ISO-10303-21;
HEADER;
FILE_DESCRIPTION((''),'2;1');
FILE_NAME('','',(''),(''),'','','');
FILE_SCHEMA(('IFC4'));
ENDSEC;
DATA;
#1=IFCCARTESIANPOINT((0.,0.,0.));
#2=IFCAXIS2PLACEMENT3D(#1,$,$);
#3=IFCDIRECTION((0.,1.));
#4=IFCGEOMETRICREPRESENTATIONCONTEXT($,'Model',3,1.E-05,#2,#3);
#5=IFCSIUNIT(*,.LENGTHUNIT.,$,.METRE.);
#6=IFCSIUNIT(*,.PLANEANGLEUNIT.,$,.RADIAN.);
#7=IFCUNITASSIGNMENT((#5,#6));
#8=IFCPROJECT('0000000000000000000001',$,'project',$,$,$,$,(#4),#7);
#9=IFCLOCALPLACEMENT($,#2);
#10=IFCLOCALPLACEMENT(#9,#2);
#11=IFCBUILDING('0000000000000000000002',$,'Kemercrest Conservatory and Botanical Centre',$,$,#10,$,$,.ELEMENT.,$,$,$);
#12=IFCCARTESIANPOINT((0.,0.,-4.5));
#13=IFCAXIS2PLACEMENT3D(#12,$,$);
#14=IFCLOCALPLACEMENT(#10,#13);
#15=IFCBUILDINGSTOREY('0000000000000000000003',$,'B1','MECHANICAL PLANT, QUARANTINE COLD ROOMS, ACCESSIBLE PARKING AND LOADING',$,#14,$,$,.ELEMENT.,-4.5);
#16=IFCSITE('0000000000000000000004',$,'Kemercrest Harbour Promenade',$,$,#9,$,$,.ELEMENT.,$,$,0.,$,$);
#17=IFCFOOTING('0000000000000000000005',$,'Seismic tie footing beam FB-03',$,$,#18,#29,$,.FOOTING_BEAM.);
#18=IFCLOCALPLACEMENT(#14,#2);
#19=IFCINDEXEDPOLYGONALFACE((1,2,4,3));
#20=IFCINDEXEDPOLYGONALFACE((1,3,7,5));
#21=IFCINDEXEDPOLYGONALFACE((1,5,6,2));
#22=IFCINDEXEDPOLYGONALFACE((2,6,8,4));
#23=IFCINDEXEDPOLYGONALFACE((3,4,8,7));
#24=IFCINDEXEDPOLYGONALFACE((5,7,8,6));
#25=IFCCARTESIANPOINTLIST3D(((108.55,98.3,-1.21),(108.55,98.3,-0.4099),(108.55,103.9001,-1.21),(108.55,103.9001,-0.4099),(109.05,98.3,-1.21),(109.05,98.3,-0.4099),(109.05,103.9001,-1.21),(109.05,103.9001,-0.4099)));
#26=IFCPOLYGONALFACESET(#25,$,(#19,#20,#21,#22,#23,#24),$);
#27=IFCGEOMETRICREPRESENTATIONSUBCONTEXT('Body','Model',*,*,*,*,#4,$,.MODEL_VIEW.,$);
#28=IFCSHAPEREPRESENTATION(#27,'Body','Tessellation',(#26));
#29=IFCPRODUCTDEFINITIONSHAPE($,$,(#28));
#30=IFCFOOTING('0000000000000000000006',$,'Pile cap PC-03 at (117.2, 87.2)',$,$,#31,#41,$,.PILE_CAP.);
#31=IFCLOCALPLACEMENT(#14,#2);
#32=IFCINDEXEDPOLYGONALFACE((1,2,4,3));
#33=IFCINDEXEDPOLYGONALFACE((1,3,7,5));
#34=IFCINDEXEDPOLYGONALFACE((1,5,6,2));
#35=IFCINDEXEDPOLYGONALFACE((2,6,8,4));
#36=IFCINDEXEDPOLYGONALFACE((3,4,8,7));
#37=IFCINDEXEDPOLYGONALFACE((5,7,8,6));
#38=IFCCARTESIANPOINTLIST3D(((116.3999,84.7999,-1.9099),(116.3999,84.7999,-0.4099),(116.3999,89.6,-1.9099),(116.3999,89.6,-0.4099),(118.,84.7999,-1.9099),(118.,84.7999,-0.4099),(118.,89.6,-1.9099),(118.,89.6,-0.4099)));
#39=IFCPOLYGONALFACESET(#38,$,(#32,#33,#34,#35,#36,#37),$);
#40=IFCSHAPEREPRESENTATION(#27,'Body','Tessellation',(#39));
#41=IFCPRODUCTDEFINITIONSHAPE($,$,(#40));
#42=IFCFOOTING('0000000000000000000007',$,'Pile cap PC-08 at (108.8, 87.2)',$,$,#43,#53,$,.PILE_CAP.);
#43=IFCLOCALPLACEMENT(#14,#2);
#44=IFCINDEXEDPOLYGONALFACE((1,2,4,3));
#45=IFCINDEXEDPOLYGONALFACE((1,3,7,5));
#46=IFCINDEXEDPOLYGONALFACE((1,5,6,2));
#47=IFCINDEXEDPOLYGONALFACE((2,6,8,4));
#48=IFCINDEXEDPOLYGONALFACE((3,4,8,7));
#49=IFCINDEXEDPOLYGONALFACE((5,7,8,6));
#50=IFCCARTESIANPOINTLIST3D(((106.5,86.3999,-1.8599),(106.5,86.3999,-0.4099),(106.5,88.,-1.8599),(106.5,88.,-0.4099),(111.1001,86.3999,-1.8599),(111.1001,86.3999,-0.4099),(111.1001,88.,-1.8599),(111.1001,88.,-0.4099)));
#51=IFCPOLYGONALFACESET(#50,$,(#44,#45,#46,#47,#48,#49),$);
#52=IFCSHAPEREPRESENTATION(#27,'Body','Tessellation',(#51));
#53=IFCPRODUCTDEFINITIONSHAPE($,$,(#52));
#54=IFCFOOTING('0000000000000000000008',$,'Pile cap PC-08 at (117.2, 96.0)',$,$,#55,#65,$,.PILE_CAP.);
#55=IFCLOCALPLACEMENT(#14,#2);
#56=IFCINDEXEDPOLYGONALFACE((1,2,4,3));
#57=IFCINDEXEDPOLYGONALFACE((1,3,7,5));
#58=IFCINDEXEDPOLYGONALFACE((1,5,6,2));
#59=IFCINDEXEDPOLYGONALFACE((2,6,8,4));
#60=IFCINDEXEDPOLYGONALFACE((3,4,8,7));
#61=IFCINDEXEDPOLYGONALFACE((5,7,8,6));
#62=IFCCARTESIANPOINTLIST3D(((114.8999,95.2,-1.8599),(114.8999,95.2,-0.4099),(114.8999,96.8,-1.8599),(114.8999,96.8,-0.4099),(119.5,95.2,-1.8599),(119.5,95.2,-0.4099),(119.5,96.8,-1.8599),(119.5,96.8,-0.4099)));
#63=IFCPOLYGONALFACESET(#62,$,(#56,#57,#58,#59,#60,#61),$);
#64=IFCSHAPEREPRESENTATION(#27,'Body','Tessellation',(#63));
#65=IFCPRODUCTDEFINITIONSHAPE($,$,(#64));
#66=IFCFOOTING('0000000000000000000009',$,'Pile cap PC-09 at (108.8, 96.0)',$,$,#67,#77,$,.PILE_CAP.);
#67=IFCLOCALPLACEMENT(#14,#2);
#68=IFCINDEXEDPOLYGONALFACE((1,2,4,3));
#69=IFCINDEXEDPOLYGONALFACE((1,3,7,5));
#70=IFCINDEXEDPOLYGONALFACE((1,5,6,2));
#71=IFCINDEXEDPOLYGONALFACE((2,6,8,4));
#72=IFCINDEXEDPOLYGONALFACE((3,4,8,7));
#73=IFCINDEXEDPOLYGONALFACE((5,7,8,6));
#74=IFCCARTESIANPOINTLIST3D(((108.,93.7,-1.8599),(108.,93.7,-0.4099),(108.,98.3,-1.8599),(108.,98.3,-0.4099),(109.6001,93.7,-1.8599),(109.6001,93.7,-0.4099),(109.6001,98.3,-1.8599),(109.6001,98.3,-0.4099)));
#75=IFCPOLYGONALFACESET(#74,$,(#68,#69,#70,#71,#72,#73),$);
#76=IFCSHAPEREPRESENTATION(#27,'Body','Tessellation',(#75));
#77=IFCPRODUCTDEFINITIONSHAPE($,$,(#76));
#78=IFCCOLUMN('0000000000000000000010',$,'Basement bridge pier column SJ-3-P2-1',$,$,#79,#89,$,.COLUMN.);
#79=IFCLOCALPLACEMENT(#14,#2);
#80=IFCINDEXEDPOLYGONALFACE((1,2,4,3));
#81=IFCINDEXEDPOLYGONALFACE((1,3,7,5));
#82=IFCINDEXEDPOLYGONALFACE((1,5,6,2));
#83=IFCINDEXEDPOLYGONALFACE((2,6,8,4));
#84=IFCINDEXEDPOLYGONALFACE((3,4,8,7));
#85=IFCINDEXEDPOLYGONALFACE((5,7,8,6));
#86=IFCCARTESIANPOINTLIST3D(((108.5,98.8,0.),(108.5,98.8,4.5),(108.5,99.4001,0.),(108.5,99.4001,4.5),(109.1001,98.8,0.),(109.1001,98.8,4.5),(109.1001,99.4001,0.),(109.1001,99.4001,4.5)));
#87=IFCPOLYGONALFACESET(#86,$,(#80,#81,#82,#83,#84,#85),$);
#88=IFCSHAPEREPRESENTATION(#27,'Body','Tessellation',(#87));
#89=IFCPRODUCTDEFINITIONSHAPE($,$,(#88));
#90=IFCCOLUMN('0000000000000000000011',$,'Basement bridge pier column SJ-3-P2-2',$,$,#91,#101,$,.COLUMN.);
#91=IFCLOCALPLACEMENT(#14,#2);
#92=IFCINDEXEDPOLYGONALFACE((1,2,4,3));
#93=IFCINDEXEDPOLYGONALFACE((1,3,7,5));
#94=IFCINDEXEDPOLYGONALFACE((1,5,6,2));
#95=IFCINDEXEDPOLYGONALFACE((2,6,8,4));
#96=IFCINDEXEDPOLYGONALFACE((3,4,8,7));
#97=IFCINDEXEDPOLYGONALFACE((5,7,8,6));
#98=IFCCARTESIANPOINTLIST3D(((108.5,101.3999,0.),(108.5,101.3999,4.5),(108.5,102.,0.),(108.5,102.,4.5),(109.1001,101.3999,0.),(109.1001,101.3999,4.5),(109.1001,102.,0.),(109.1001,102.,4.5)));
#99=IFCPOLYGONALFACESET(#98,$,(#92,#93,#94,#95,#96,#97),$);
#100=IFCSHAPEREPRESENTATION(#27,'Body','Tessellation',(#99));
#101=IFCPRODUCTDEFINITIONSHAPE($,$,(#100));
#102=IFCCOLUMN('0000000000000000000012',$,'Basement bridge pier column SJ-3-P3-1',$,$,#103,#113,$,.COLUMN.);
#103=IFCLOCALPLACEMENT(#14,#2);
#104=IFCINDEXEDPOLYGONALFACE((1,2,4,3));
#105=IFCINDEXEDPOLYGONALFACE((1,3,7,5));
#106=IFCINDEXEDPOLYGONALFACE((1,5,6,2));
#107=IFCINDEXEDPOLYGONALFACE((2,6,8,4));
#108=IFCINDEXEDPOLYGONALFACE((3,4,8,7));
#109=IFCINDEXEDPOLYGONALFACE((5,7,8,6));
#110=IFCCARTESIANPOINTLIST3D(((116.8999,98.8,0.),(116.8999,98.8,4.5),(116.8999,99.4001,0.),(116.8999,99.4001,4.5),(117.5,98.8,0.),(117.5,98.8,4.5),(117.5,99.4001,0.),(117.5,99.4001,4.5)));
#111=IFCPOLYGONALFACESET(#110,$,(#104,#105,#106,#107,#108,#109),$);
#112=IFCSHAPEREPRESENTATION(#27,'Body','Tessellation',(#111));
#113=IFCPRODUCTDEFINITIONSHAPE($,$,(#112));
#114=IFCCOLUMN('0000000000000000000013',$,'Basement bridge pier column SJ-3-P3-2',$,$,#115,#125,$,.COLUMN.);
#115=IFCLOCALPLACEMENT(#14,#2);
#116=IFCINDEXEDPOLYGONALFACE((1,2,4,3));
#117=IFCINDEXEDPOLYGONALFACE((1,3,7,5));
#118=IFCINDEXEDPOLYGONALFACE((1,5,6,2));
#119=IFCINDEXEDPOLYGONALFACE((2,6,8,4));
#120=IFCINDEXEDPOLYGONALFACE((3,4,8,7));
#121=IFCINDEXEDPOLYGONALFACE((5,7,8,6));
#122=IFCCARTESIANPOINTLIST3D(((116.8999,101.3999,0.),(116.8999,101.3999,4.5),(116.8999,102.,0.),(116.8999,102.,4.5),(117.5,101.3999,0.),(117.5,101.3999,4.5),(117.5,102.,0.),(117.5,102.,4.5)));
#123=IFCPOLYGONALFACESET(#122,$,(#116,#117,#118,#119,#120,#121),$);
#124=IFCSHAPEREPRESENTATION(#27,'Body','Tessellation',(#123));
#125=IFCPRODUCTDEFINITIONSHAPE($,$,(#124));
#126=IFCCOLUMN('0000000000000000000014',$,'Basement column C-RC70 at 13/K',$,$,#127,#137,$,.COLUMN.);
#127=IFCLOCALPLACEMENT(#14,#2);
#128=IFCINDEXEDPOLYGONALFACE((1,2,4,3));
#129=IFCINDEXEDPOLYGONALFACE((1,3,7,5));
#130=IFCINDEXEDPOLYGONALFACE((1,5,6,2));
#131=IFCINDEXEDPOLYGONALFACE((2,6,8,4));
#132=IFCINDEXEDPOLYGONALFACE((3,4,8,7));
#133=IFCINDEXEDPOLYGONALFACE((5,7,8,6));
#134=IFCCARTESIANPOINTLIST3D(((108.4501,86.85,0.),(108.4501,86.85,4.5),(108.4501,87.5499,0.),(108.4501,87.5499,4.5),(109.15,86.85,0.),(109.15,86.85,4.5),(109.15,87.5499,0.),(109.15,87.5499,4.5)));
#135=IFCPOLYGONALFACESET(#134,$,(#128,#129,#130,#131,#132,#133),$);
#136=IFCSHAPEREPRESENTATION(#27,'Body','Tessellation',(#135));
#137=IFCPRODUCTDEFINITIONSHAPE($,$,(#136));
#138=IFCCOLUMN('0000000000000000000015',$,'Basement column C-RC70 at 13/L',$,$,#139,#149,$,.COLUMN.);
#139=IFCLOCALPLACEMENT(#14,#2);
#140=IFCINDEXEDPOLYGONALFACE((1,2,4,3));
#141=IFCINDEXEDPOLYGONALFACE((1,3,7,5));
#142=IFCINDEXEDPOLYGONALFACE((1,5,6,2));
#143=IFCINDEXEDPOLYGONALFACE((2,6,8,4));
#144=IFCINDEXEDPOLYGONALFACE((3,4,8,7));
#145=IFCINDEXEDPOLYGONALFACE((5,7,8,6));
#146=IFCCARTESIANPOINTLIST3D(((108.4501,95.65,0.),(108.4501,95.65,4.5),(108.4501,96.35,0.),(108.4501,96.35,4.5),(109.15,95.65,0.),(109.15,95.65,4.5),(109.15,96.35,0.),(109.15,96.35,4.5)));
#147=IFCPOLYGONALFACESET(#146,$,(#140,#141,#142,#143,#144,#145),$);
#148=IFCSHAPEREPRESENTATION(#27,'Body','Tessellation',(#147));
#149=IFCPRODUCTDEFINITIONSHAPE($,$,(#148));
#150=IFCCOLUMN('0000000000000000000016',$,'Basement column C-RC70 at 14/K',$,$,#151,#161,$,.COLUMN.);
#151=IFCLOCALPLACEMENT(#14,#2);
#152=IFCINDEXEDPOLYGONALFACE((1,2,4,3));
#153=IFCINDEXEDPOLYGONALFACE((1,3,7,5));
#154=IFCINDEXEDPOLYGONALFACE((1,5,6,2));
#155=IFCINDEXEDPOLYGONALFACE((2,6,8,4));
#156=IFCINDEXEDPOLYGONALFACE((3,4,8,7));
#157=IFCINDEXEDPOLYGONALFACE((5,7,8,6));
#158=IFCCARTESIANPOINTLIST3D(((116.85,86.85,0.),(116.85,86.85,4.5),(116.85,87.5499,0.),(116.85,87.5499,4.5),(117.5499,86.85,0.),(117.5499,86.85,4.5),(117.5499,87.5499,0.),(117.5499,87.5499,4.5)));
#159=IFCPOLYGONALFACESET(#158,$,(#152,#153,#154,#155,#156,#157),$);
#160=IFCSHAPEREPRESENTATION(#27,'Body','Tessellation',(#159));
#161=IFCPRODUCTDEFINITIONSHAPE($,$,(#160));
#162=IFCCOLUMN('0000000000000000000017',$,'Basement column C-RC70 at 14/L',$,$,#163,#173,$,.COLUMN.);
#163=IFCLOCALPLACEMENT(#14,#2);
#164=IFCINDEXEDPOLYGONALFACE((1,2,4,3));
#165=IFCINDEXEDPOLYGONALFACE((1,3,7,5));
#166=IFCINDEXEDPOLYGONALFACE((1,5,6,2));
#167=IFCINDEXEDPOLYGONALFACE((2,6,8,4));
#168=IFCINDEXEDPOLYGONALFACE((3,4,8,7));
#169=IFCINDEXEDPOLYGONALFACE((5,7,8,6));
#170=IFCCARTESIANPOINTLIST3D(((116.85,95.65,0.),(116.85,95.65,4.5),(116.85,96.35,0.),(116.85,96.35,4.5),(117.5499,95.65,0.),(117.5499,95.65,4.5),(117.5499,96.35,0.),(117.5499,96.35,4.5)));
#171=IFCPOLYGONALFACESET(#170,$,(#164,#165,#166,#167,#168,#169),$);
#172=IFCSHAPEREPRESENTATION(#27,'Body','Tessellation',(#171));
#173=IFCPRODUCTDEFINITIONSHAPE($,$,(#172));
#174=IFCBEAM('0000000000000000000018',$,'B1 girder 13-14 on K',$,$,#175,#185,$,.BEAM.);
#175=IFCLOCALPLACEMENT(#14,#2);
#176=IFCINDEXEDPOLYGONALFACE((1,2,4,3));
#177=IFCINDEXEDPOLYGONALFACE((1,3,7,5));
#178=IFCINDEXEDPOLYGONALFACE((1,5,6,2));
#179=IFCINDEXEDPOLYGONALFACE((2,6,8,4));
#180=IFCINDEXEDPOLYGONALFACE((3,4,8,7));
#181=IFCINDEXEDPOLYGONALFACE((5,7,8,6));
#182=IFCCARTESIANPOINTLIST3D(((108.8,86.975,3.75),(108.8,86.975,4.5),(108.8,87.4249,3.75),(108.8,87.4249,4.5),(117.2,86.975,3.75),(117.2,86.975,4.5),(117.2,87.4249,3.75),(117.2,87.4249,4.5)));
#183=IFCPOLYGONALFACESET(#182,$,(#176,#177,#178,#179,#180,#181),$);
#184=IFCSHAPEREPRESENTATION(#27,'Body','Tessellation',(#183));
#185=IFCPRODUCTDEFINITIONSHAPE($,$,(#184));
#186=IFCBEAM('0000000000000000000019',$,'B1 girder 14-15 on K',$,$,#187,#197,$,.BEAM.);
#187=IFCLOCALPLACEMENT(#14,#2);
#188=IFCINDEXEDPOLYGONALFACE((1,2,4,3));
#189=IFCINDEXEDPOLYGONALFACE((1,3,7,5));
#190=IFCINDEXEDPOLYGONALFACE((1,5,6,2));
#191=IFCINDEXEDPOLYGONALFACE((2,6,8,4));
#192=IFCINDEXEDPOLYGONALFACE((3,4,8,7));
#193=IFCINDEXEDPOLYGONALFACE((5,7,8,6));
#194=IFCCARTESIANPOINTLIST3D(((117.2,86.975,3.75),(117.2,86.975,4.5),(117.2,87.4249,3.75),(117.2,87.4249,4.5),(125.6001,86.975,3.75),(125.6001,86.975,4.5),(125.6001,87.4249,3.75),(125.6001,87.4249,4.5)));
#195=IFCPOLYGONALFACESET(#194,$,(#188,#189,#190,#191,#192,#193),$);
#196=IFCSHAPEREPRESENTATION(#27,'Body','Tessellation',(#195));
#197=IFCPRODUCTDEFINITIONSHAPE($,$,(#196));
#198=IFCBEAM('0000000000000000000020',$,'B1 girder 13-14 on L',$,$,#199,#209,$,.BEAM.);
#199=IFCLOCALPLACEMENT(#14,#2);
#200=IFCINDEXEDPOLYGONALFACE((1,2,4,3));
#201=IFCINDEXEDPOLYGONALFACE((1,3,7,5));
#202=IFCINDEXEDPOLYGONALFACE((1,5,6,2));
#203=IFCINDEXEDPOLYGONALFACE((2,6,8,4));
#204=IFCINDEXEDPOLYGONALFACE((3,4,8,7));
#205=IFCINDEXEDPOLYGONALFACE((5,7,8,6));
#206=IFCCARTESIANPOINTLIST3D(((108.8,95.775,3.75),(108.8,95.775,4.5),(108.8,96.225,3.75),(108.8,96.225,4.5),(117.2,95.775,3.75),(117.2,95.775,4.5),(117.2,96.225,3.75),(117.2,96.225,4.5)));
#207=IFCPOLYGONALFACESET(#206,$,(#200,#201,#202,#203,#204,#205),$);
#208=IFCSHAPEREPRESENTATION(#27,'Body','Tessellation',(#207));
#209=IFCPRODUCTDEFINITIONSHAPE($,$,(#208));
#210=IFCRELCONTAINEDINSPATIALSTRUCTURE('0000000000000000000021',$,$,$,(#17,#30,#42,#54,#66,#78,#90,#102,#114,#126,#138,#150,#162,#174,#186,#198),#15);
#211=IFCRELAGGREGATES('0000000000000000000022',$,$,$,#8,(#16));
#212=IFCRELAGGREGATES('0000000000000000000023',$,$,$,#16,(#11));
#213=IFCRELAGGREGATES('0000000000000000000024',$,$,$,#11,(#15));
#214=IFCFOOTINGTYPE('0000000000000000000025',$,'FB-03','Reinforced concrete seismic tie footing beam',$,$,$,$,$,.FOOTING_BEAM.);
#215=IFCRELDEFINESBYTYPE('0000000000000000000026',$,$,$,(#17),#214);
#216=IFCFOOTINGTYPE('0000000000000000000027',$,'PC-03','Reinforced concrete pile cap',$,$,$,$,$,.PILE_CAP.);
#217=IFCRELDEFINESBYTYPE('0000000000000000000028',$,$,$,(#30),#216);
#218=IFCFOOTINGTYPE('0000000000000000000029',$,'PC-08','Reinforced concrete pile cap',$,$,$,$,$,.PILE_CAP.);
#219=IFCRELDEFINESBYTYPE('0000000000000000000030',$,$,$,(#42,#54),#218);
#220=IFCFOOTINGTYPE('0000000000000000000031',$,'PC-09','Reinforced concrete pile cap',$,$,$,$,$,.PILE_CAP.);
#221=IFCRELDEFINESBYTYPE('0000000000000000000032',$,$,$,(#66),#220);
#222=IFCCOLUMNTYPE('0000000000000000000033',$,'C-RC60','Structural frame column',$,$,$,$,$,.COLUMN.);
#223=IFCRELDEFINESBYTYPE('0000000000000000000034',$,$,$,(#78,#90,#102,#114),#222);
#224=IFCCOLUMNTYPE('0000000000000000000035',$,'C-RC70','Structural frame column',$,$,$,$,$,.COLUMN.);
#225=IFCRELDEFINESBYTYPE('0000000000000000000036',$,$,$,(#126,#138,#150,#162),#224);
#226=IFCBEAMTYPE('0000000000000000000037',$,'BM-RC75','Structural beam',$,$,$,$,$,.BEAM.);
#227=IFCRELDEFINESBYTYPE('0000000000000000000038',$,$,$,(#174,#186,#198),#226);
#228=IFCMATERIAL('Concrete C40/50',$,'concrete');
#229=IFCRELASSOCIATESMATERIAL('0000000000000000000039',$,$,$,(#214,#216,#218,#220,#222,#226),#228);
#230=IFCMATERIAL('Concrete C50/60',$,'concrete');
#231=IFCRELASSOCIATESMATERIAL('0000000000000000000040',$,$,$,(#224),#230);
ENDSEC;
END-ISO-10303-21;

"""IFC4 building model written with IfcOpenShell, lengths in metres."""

from ifc_helpers import new_model, si_unit, direction, frame, origin, origin_2d, place, context, subcontext, project, spatial, rectangle, extrude, material, material_profile, profile_set, type_object, element, save


model = new_model("IFC4")

# Units and contexts
model_context = context("Model", 3, precision=1e-05, world=origin(), true_north=direction((0.0, 1.0)))
body_context = subcontext(model_context, "Body", "Model", "MODEL_VIEW")
ifc_project = project(units=[si_unit("LENGTHUNIT", "METRE"), si_unit("PLANEANGLEUNIT", "RADIAN")], contexts=[model_context])

# Site, building, storey
site_placement = place(None, origin())
site = spatial("IfcSite", under=ifc_project, at=site_placement, Name="Kemercrest Harbour Promenade", CompositionType="ELEMENT", RefElevation=0.0)
building_placement = place(site_placement, origin())
building = spatial("IfcBuilding", under=site, at=building_placement, Name="Kemercrest Conservatory and Botanical Centre", CompositionType="ELEMENT")
storey_placement = place(building_placement, frame((0.0, 0.0, -4.5)))
storey = spatial("IfcBuildingStorey", under=building, at=storey_placement, Name="B1", Description="MECHANICAL PLANT, QUARANTINE COLD ROOMS, ACCESSIBLE PARKING AND LOADING", CompositionType="ELEMENT", Elevation=-4.5)

# Shared definitions
ifc_material_1 = material(Name="Concrete C40/50", Category="concrete")

# Footings
footing_type_1 = type_object("IfcFootingType", Name="FB-03", Description="Reinforced concrete seismic tie footing beam", PredefinedType="FOOTING_BEAM", material=ifc_material_1)
footing_1_placement = place(storey_placement, frame((108.8, 101.1001, -1.21), z_axis=(0.0, 0.0, 1.0), x_axis=(1.0, 0.0, 0.0)))
element("IfcFooting", 1, at=footing_1_placement, inside=storey, type_object=footing_type_1, Name="Seismic tie footing beam FB-03", PredefinedType="FOOTING_BEAM", context=body_context, shape_type="SweptSolid", body=[
    extrude(rectangle(XDim=0.5, YDim=5.6001, at=origin_2d()), origin(), (0.0, 0.0, 1.0), 0.8),
])
footing_type_2 = type_object("IfcFootingType", Name="PC-03", Description="Reinforced concrete pile cap", PredefinedType="PILE_CAP", material=ifc_material_1)
footing_2_placement = place(storey_placement, frame((117.2, 87.2, -1.9099), z_axis=(0.0, 0.0, 1.0), x_axis=(1.0, 0.0, 0.0)))
element("IfcFooting", 2, at=footing_2_placement, inside=storey, type_object=footing_type_2, Name="Pile cap PC-03 at (117.2, 87.2)", PredefinedType="PILE_CAP", context=body_context, shape_type="SweptSolid", body=[
    extrude(rectangle(XDim=1.6001, YDim=4.8, at=origin_2d()), origin(), (0.0, 0.0, 1.0), 1.5),
])
footing_type_3 = type_object("IfcFootingType", Name="PC-08", Description="Reinforced concrete pile cap", PredefinedType="PILE_CAP", material=ifc_material_1)
for number, where, z_axis, x_axis, name in (
    (3, (108.8, 87.2, -1.8599), (0.0, 0.0, 1.0), (1.0, 0.0, 0.0), "Pile cap PC-08 at (108.8, 87.2)"),
    (4, (117.2, 96.0, -1.8599), (0.0, 0.0, 1.0), (1.0, 0.0, 0.0), "Pile cap PC-08 at (117.2, 96.0)"),
):
    element("IfcFooting", number, at=place(storey_placement, frame(where, z_axis=z_axis, x_axis=x_axis)), inside=storey, type_object=footing_type_3, Name=name, PredefinedType="PILE_CAP", context=body_context, shape_type="SweptSolid", body=[
        extrude(rectangle(XDim=4.6001, YDim=1.6001, at=origin_2d()), origin(), (0.0, 0.0, 1.0), 1.45),
    ])
footing_type_4 = type_object("IfcFootingType", Name="PC-09", Description="Reinforced concrete pile cap", PredefinedType="PILE_CAP", material=ifc_material_1)
footing_3_placement = place(storey_placement, frame((108.8, 96.0, -1.8599), z_axis=(0.0, 0.0, 1.0), x_axis=(1.0, 0.0, 0.0)))
element("IfcFooting", 5, at=footing_3_placement, inside=storey, type_object=footing_type_4, Name="Pile cap PC-09 at (108.8, 96.0)", PredefinedType="PILE_CAP", context=body_context, shape_type="SweptSolid", body=[
    extrude(rectangle(XDim=1.6001, YDim=4.6001, at=origin_2d()), origin(), (0.0, 0.0, 1.0), 1.45),
])

# Columns
ifc_material_profile_1 = material_profile(ifc_material_1, rectangle(XDim=0.6001, YDim=0.6001, at=origin_2d()), Name="RC 600x600")
ifc_profile_set_1 = profile_set([ifc_material_profile_1], Name="Concrete C40/50")
column_type_1 = type_object("IfcColumnType", Name="C-RC60", Description="Structural frame column", PredefinedType="COLUMN", material=ifc_profile_set_1)
for number, where, z_axis, x_axis, name in (
    (6, (108.8, 99.1001, 0.0), (0.0, 0.0, 1.0), (1.0, 0.0, 0.0), "Basement bridge pier column SJ-3-P2-1"),
    (7, (108.8, 101.7, 0.0), (0.0, 0.0, 1.0), (1.0, 0.0, 0.0), "Basement bridge pier column SJ-3-P2-2"),
    (8, (117.2, 99.1001, 0.0), (0.0, 0.0, 1.0), (1.0, 0.0, 0.0), "Basement bridge pier column SJ-3-P3-1"),
    (9, (117.2, 101.7, 0.0), (0.0, 0.0, 1.0), (1.0, 0.0, 0.0), "Basement bridge pier column SJ-3-P3-2"),
):
    element("IfcColumn", number, at=place(storey_placement, frame(where, z_axis=z_axis, x_axis=x_axis)), inside=storey, type_object=column_type_1, Name=name, PredefinedType="COLUMN", context=body_context, shape_type="SweptSolid", body=[
        extrude(rectangle(XDim=0.6001, YDim=0.6001, at=origin_2d()), origin(), (0.0, 0.0, 1.0), 4.5),
    ])
ifc_material_2 = material(Name="Concrete C50/60", Category="concrete")
ifc_material_profile_2 = material_profile(ifc_material_2, rectangle(XDim=0.7, YDim=0.7, at=origin_2d()), Name="RC 700x700")
ifc_profile_set_2 = profile_set([ifc_material_profile_2], Name="Concrete C50/60")
column_type_2 = type_object("IfcColumnType", Name="C-RC70", Description="Structural frame column", PredefinedType="COLUMN", material=ifc_profile_set_2)
for number, where, z_axis, x_axis, name in (
    (10, (108.8, 87.2, 0.0), (0.0, 0.0, 1.0), (1.0, 0.0, 0.0), "Basement column C-RC70 at 13/K"),
    (11, (108.8, 96.0, 0.0), (0.0, 0.0, 1.0), (1.0, 0.0, 0.0), "Basement column C-RC70 at 13/L"),
    (12, (117.2, 87.2, 0.0), (0.0, 0.0, 1.0), (1.0, 0.0, 0.0), "Basement column C-RC70 at 14/K"),
    (13, (117.2, 96.0, 0.0), (0.0, 0.0, 1.0), (1.0, 0.0, 0.0), "Basement column C-RC70 at 14/L"),
):
    element("IfcColumn", number, at=place(storey_placement, frame(where, z_axis=z_axis, x_axis=x_axis)), inside=storey, type_object=column_type_2, Name=name, PredefinedType="COLUMN", context=body_context, shape_type="SweptSolid", body=[
        extrude(rectangle(XDim=0.7, YDim=0.7, at=origin_2d()), origin(), (0.0, 0.0, 1.0), 4.5),
    ])

# Beams
ifc_material_profile_3 = material_profile(ifc_material_1, rectangle(XDim=0.45, YDim=0.75, at=origin_2d()), Name="RC 450x750")
ifc_profile_set_3 = profile_set([ifc_material_profile_3], Name="Concrete C40/50")
beam_type_1 = type_object("IfcBeamType", Name="BM-RC75", Description="Structural beam", PredefinedType="BEAM", material=ifc_profile_set_3)
beam_1_placement = place(storey_placement, frame((108.8, 87.2, 4.125), z_axis=(1.0, 0.0, 0.0), x_axis=(0.0, 1.0, 0.0)))
element("IfcBeam", 14, at=beam_1_placement, inside=storey, type_object=beam_type_1, Name="B1 girder 13-14 on K", PredefinedType="BEAM", context=body_context, shape_type="SweptSolid", body=[
    extrude(rectangle(XDim=0.45, YDim=0.75, at=origin_2d()), origin(), (0.0, 0.0, 1.0), 8.3999),
])
beam_2_placement = place(storey_placement, frame((117.2, 87.2, 4.125), z_axis=(1.0, 0.0, 0.0), x_axis=(0.0, 1.0, 0.0)))
element("IfcBeam", 15, at=beam_2_placement, inside=storey, type_object=beam_type_1, Name="B1 girder 14-15 on K", PredefinedType="BEAM", context=body_context, shape_type="SweptSolid", body=[
    extrude(rectangle(XDim=0.45, YDim=0.75, at=origin_2d()), origin(), (0.0, 0.0, 1.0), 8.4001),
])
beam_3_placement = place(storey_placement, frame((108.8, 96.0, 4.125), z_axis=(1.0, 0.0, 0.0), x_axis=(0.0, 1.0, 0.0)))
element("IfcBeam", 16, at=beam_3_placement, inside=storey, type_object=beam_type_1, Name="B1 girder 13-14 on L", PredefinedType="BEAM", context=body_context, shape_type="SweptSolid", body=[
    extrude(rectangle(XDim=0.45, YDim=0.75, at=origin_2d()), origin(), (0.0, 0.0, 1.0), 8.3999),
])

save(model, "model.ifc")
